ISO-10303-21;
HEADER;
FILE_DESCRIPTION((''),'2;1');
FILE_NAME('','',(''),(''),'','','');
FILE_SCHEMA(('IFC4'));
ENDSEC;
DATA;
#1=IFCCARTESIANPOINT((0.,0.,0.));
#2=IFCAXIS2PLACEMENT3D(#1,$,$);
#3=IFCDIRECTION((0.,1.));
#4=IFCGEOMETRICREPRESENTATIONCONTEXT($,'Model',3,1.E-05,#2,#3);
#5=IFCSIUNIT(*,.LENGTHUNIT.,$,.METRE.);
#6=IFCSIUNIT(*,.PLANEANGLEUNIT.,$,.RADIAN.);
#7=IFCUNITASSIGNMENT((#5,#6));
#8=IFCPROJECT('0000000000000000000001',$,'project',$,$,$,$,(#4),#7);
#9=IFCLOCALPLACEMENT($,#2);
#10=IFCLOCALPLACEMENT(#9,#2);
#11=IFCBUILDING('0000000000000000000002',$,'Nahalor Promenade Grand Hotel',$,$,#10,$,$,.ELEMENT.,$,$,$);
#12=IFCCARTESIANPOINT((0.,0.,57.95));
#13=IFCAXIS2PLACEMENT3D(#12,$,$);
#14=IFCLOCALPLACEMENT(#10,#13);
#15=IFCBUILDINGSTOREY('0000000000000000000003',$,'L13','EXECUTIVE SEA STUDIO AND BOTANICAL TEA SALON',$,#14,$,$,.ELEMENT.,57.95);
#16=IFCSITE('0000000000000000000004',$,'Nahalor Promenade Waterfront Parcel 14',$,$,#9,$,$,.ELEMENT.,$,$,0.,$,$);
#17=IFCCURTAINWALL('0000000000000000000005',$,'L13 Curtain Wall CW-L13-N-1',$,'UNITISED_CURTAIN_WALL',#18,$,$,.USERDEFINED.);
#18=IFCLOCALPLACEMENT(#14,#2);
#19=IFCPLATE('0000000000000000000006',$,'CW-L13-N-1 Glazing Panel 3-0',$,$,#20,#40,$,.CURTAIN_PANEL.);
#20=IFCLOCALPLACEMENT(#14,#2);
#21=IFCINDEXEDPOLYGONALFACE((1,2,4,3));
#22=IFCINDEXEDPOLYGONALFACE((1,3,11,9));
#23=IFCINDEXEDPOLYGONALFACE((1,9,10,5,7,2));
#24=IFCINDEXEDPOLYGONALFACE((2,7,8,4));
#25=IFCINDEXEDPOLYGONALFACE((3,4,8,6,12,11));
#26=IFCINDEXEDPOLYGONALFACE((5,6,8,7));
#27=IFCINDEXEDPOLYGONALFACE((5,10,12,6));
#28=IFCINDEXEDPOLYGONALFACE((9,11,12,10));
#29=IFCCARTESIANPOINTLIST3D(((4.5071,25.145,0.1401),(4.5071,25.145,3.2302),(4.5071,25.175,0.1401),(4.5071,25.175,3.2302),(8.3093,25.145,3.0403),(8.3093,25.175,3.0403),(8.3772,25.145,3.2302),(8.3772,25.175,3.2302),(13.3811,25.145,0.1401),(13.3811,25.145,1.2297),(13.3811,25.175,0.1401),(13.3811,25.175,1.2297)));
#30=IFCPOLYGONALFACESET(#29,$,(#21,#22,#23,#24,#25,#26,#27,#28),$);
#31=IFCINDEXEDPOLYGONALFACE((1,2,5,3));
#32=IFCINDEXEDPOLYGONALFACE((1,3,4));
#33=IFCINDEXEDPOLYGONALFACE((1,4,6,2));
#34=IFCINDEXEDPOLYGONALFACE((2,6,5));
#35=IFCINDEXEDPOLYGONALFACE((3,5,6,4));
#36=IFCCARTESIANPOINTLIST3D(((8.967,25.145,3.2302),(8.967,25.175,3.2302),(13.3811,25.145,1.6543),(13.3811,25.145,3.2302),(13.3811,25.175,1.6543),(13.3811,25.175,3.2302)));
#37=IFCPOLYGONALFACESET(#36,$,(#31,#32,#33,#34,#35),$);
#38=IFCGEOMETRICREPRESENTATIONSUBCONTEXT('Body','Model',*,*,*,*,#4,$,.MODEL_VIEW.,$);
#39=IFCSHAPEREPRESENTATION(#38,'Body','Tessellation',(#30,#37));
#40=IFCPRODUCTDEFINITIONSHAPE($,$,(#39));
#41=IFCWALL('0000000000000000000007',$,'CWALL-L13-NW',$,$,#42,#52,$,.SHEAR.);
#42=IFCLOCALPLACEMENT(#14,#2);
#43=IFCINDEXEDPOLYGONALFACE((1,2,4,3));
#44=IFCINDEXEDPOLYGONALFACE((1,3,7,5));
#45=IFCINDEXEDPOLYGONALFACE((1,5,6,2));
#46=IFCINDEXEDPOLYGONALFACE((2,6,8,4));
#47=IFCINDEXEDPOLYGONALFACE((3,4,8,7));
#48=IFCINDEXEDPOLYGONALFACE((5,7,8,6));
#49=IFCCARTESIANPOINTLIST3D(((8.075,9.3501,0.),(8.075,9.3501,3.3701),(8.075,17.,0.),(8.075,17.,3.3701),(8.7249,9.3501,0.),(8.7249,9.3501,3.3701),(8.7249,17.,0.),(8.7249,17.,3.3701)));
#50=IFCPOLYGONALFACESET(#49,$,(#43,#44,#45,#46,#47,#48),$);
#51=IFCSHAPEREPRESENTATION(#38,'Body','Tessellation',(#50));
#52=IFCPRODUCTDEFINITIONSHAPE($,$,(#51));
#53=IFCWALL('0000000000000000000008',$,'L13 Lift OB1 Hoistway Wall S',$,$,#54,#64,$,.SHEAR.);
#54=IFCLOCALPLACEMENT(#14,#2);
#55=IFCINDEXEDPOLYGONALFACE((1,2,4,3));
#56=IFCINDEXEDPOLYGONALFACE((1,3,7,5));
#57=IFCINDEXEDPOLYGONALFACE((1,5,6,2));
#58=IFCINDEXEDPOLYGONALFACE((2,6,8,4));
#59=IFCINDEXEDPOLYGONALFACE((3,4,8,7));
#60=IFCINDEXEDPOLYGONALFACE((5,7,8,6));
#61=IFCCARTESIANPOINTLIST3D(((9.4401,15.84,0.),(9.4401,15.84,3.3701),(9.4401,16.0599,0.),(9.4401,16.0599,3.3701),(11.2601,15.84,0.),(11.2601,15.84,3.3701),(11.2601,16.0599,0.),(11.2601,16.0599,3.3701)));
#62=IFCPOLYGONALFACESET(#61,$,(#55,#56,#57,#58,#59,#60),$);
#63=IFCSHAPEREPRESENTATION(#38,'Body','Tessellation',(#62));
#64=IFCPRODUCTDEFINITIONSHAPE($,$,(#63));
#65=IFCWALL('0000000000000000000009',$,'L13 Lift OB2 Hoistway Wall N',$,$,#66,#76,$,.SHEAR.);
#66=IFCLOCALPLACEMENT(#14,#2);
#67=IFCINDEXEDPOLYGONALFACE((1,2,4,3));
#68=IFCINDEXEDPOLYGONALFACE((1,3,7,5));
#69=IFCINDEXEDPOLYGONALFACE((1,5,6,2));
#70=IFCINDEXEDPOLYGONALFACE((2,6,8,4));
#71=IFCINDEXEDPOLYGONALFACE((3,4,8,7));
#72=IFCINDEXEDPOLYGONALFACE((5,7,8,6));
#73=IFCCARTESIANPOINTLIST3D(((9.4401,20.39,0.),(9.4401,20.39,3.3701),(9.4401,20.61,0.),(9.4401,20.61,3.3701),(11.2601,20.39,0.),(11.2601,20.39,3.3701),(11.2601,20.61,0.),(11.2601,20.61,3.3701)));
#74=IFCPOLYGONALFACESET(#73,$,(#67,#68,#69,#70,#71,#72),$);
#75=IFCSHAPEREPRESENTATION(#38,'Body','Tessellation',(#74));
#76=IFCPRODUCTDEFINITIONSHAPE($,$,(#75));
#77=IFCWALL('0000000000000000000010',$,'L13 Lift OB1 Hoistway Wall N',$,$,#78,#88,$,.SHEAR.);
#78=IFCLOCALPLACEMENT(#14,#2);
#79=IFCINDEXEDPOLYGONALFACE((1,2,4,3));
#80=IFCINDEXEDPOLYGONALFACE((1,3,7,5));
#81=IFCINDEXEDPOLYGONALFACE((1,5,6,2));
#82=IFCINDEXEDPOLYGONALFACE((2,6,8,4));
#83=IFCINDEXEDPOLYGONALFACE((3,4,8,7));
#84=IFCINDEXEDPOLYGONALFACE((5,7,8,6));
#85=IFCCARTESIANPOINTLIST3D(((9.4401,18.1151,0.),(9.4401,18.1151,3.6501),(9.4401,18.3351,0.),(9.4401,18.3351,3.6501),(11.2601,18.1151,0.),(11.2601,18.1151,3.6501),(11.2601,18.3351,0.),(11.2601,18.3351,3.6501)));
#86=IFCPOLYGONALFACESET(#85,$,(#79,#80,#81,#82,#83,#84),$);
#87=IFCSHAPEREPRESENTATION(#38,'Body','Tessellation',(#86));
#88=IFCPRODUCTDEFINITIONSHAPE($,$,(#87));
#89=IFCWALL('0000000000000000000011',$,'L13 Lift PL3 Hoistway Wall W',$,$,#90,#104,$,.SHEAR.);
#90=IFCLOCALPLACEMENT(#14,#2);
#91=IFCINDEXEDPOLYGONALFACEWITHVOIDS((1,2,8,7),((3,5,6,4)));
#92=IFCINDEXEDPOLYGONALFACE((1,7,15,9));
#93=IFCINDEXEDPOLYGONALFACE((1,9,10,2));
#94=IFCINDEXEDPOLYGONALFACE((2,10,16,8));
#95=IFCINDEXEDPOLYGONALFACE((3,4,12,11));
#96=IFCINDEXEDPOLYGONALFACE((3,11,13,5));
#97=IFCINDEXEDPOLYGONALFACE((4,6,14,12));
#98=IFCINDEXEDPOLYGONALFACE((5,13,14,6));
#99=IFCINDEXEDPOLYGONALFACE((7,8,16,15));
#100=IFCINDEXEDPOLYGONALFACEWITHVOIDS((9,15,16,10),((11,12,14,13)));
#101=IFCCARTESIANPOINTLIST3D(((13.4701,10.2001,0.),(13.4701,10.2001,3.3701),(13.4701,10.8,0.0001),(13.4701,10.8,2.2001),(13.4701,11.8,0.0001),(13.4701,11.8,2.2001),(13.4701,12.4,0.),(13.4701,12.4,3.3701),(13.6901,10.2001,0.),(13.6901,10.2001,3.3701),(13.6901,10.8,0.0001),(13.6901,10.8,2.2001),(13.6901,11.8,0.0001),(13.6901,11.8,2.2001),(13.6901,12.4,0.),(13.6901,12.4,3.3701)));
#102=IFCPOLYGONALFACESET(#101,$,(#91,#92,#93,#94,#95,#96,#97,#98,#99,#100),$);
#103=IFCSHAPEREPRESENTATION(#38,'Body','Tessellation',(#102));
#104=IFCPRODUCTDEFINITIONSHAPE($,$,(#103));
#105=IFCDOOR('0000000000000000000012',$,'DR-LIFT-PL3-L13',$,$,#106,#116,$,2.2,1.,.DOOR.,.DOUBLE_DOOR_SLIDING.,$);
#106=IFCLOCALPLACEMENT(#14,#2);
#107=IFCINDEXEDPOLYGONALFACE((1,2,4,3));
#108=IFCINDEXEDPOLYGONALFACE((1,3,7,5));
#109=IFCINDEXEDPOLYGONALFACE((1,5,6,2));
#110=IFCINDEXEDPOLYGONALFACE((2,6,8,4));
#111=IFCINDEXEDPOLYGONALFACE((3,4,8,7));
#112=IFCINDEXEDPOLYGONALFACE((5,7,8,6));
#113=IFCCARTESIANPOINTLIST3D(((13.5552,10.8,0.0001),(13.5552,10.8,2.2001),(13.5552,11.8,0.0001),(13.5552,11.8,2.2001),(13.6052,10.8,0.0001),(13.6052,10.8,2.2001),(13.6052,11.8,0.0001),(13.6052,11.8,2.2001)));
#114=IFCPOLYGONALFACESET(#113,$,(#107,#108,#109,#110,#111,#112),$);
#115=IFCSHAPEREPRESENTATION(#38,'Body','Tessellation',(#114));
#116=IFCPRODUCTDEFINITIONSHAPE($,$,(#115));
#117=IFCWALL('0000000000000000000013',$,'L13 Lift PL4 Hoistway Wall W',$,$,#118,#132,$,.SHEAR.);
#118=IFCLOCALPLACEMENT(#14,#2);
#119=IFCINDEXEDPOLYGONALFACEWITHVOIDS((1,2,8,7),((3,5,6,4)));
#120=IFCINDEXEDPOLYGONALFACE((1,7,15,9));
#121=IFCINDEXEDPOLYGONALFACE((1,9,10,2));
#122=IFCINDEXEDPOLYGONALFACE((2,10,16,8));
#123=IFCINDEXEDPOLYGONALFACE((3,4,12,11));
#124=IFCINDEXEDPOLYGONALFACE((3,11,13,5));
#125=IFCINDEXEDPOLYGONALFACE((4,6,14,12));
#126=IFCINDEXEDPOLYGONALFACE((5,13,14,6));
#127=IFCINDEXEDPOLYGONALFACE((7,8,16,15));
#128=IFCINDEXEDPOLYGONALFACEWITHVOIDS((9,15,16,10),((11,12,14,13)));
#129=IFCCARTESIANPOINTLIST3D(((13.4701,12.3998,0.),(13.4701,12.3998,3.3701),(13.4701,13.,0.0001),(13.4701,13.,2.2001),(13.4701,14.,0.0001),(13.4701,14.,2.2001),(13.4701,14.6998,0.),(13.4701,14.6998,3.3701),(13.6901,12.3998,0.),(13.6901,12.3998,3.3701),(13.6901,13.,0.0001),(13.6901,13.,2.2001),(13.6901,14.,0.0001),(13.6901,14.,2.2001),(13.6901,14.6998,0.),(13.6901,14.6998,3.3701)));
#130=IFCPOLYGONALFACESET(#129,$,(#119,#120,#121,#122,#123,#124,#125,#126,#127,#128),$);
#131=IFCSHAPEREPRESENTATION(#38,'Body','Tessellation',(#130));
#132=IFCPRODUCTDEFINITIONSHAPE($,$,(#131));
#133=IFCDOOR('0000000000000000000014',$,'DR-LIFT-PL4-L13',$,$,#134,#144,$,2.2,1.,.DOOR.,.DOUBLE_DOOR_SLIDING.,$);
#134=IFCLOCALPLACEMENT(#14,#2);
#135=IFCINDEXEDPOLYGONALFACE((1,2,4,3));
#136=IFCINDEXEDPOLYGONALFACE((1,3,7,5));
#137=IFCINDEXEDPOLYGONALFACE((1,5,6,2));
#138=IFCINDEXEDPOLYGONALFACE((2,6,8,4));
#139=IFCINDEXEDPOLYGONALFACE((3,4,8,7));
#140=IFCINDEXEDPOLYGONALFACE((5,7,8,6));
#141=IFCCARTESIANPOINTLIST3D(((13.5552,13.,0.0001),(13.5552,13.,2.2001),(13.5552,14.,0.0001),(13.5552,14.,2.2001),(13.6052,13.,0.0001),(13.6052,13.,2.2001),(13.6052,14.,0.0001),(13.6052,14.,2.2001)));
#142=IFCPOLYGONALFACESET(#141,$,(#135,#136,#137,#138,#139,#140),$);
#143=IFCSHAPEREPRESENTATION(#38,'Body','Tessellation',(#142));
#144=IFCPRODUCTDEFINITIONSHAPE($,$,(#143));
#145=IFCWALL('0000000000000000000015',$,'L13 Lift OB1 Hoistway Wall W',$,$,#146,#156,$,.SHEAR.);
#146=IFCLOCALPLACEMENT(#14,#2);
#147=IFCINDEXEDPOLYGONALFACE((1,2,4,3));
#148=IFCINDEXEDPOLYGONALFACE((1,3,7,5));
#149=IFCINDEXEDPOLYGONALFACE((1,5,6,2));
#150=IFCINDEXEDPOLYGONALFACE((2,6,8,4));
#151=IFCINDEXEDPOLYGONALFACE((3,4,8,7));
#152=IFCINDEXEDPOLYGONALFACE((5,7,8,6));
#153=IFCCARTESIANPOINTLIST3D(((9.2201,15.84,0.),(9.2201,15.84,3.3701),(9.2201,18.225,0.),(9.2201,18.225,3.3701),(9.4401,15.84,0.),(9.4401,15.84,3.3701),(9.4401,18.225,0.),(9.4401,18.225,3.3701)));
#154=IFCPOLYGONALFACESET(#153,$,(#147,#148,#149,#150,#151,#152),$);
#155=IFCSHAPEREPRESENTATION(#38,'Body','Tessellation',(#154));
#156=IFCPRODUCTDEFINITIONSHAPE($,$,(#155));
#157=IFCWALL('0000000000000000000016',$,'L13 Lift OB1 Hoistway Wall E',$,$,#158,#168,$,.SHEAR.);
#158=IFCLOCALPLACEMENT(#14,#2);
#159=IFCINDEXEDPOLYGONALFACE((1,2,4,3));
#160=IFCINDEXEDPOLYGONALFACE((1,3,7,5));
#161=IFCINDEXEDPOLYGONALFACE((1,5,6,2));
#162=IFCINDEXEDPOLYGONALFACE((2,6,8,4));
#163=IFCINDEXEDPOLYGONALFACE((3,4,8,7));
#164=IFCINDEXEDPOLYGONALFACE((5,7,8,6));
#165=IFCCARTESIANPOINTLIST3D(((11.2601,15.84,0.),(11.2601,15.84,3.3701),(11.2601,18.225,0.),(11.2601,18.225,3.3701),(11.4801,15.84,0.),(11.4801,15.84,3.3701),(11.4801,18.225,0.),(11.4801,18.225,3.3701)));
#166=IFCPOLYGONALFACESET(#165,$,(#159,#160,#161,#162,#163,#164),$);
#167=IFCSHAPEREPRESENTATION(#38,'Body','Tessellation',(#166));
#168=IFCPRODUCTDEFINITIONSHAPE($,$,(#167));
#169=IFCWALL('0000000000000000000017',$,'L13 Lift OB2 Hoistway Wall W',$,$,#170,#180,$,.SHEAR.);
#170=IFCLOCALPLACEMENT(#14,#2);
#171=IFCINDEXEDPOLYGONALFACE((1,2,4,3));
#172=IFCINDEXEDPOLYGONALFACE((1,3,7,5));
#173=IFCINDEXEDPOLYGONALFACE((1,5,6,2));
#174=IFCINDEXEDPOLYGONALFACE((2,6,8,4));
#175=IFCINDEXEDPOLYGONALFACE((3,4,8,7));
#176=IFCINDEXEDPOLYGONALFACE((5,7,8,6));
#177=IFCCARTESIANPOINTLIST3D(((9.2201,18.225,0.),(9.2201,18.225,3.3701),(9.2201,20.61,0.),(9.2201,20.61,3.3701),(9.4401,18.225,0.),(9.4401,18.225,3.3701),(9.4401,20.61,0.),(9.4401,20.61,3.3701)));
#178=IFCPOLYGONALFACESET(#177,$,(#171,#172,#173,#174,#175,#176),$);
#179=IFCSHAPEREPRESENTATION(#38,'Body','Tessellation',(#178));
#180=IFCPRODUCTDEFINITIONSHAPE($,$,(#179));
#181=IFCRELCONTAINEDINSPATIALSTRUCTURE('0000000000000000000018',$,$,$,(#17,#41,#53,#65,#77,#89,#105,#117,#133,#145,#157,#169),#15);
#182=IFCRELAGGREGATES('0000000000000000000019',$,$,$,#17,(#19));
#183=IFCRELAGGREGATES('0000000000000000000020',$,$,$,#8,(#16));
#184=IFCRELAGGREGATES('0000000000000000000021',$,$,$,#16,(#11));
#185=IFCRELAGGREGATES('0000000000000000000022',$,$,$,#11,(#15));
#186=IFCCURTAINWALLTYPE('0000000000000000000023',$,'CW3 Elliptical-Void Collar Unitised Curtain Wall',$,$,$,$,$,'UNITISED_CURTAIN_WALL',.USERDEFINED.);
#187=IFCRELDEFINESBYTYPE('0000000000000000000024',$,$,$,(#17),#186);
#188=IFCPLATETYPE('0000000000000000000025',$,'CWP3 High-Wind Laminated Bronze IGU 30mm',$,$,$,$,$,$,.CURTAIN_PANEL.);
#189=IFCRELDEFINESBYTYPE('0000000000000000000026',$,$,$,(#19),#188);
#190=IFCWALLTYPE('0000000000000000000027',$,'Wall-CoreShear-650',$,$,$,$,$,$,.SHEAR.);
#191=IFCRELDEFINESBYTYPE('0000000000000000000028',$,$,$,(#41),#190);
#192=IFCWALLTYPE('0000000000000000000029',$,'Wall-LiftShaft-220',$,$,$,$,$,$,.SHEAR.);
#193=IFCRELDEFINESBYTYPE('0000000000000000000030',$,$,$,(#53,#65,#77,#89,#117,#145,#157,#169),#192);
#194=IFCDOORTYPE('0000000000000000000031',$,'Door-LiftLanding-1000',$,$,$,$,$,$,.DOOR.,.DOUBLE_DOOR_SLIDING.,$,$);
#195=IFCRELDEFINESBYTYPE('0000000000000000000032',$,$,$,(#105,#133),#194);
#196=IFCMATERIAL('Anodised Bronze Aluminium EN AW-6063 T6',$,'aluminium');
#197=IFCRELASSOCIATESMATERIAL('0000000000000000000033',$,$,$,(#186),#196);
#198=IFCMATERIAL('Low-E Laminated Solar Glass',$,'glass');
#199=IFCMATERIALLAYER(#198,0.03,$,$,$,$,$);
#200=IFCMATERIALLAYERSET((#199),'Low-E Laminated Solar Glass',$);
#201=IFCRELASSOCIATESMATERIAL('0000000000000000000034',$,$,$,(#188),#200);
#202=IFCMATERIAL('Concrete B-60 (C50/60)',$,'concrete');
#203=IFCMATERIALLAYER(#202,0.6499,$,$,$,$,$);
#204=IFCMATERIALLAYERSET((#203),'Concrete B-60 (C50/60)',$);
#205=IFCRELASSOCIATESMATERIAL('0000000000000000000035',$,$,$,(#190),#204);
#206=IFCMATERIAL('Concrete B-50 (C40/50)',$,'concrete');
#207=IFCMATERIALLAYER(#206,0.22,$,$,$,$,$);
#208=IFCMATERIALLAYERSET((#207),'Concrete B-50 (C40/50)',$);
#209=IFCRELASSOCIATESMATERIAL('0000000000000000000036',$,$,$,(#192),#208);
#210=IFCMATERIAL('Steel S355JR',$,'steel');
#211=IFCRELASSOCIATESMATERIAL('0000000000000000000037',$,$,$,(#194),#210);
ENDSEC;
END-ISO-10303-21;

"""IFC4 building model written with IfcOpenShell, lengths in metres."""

from ifc_helpers import new_model, si_unit, direction, frame, frame_2d, origin, place, context, subcontext, project, spatial, polyline, rectangle, outline, extrude, source, transform, mapped, material, layer, layer_set, type_object, element, fill, aggregate, save


model = new_model("IFC4")

# Units and contexts
model_context = context("Model", 3, precision=1e-05, world=origin(), true_north=direction((0.0, 1.0)))
body_context = subcontext(model_context, "Body", "Model", "MODEL_VIEW")
ifc_project = project(units=[si_unit("LENGTHUNIT", "METRE"), si_unit("PLANEANGLEUNIT", "RADIAN")], contexts=[model_context])

# Site, building, storey
site_placement = place(None, origin())
site = spatial("IfcSite", under=ifc_project, at=site_placement, Name="Nahalor Promenade Waterfront Parcel 14", CompositionType="ELEMENT", RefElevation=0.0)
building_placement = place(site_placement, origin())
building = spatial("IfcBuilding", under=site, at=building_placement, Name="Nahalor Promenade Grand Hotel", CompositionType="ELEMENT")
storey_placement = place(building_placement, frame((0.0, 0.0, 57.95)))
storey = spatial("IfcBuildingStorey", under=building, at=storey_placement, Name="L13", Description="EXECUTIVE SEA STUDIO AND BOTANICAL TEA SALON", CompositionType="ELEMENT", Elevation=57.95)

# Shared definitions
ifc_material_1 = material(Name="Steel S355JR", Category="steel")

# Curtain wall, plate
ifc_material_2 = material(Name="Anodised Bronze Aluminium EN AW-6063 T6", Category="aluminium")
curtain_wall_type = type_object("IfcCurtainWallType", Name="CW3 Elliptical-Void Collar Unitised Curtain Wall", ElementType="UNITISED_CURTAIN_WALL", PredefinedType="USERDEFINED", material=ifc_material_2)
curtain_wall_placement = place(storey_placement, origin())
curtain_wall = element("IfcCurtainWall", 1, at=curtain_wall_placement, inside=storey, type_object=curtain_wall_type, Name="L13 Curtain Wall CW-L13-N-1", ObjectType="UNITISED_CURTAIN_WALL", PredefinedType="USERDEFINED")
ifc_material_3 = material(Name="Low-E Laminated Solar Glass", Category="glass")
ifc_layer_1 = layer(ifc_material_3, 0.03)
ifc_layer_set_1 = layer_set([ifc_layer_1], Name="Low-E Laminated Solar Glass")
plate_type = type_object("IfcPlateType", Name="CWP3 High-Wind Laminated Bronze IGU 30mm", PredefinedType="CURTAIN_PANEL", material=ifc_layer_set_1)
plate_placement = place(storey_placement, frame((8.9441, 25.1599, 0.1401), z_axis=(0.0, 0.0, 1.0), x_axis=(1.0, 0.0, 0.0)))
plate = element("IfcPlate", 2, at=plate_placement, type_object=plate_type, Name="CW-L13-N-1 Glazing Panel 3-0", PredefinedType="CURTAIN_PANEL", context=body_context, shape_type="SweptSolid", body=[
    extrude(outline(polyline([(-4.437, 0.0), (4.437, 0.0), (4.437, 1.0896), (-0.6348, 2.9001), (-0.5669, 3.0901), (-4.437, 3.0901), (-4.437, 0.0)])), frame((0.0, 0.0151, 0.0), z_axis=(0.0, -1.0, 0.0), x_axis=(1.0, 0.0, 0.0)), (0.0, 0.0, 1.0), 0.03),
    extrude(outline(polyline([(4.437, 1.5142), (4.437, 3.0901), (0.0229, 3.0901), (4.437, 1.5142)])), frame((0.0, 0.0151, 0.0), z_axis=(0.0, -1.0, 0.0), x_axis=(1.0, 0.0, 0.0)), (0.0, 0.0, 1.0), 0.03),
])
aggregate(curtain_wall, [plate])

# Walls
ifc_material_4 = material(Name="Concrete B-60 (C50/60)", Category="concrete")
ifc_layer_2 = layer(ifc_material_4, 0.6499)
ifc_layer_set_2 = layer_set([ifc_layer_2], Name="Concrete B-60 (C50/60)")
wall_type_1 = type_object("IfcWallType", Name="Wall-CoreShear-650", PredefinedType="SHEAR", material=ifc_layer_set_2)
shared_shape_1 = source(origin(), body_context, "Body", "SweptSolid", [
    extrude(rectangle(XDim=7.6499, YDim=0.6499, at=frame_2d((3.825, 0.0))), origin(), (0.0, 0.0, 1.0), 3.3701),
])
wall_1_placement = place(storey_placement, frame((8.3999, 9.3501, 0.0), z_axis=(0.0, 0.0, 1.0), x_axis=(0.0, 1.0, 0.0)))
element("IfcWall", 3, at=wall_1_placement, inside=storey, type_object=wall_type_1, Name="CWALL-L13-NW", PredefinedType="SHEAR", context=body_context, shape_type="MappedRepresentation", body=[
    mapped(shared_shape_1, transform((0.0, 0.0, 0.0), scale=1.0)),
])
ifc_material_5 = material(Name="Concrete B-50 (C40/50)", Category="concrete")
ifc_layer_3 = layer(ifc_material_5, 0.22)
ifc_layer_set_3 = layer_set([ifc_layer_3], Name="Concrete B-50 (C40/50)")
wall_type_2 = type_object("IfcWallType", Name="Wall-LiftShaft-220", PredefinedType="SHEAR", material=ifc_layer_set_3)
shared_shape_2 = source(origin(), body_context, "Body", "SweptSolid", [
    extrude(rectangle(XDim=1.8201, YDim=0.22, at=frame_2d((0.9102, 0.0))), origin(), (0.0, 0.0, 1.0), 3.3701),
])
for number, where, z_axis, x_axis, name in (
    (4, (9.4399, 15.95, 0.0), (0.0, 0.0, 1.0), (1.0, 0.0, 0.0), "L13 Lift OB1 Hoistway Wall S"),
    (5, (9.4399, 20.5, 0.0), (0.0, 0.0, 1.0), (1.0, 0.0, 0.0), "L13 Lift OB2 Hoistway Wall N"),
):
    element("IfcWall", number, at=place(storey_placement, frame(where, z_axis=z_axis, x_axis=x_axis)), inside=storey, type_object=wall_type_2, Name=name, PredefinedType="SHEAR", context=body_context, shape_type="MappedRepresentation", body=[
        mapped(shared_shape_2, transform((0.0, 0.0, 0.0), scale=1.0)),
    ])
shared_shape_3 = source(origin(), body_context, "Body", "SweptSolid", [
    extrude(rectangle(XDim=1.8201, YDim=0.22, at=frame_2d((0.9102, 0.0))), origin(), (0.0, 0.0, 1.0), 3.6501),
])
wall_2_placement = place(storey_placement, frame((9.4399, 18.2251, 0.0), z_axis=(0.0, 0.0, 1.0), x_axis=(1.0, 0.0, 0.0)))
element("IfcWall", 6, at=wall_2_placement, inside=storey, type_object=wall_type_2, Name="L13 Lift OB1 Hoistway Wall N", PredefinedType="SHEAR", context=body_context, shape_type="MappedRepresentation", body=[
    mapped(shared_shape_3, transform((0.0, 0.0, 0.0), scale=1.0)),
])

# Walls, openings, doors
shared_shape_4 = source(origin(), body_context, "Body", "SweptSolid", [
    extrude(rectangle(XDim=2.2, YDim=0.22, at=frame_2d((1.1001, 0.0))), origin(), (0.0, 0.0, 1.0), 3.3701),
])
wall_3_placement = place(storey_placement, frame((13.5801, 10.2, 0.0), z_axis=(0.0, 0.0, 1.0), x_axis=(0.0, 1.0, 0.0)))
wall_3 = element("IfcWall", 7, at=wall_3_placement, inside=storey, type_object=wall_type_2, Name="L13 Lift PL3 Hoistway Wall W", PredefinedType="SHEAR", context=body_context, shape_type="MappedRepresentation", body=[
    mapped(shared_shape_4, transform((0.0, 0.0, 0.0), scale=1.0)),
])
opening_1_placement = place(wall_3_placement, frame((0.6001, 0.0, 0.0)))
opening_1 = element("IfcOpeningElement", 8, at=opening_1_placement, cuts=wall_3, PredefinedType="OPENING", context=body_context, shape_type="SweptSolid", body=[
    extrude(rectangle(XDim=1.0, YDim=2.2, at=frame_2d((0.5, 1.1001))), frame((0.0, 0.1199, 0.0), z_axis=(0.0, -1.0, 0.0), x_axis=(1.0, 0.0, 0.0)), (0.0, 0.0, 1.0), 0.24),
])
door_type_1 = type_object("IfcDoorType", Name="Door-LiftLanding-1000", OperationType="DOUBLE_DOOR_SLIDING", PredefinedType="DOOR", material=ifc_material_1)
shared_shape_5 = source(origin(), body_context, "Body", "SweptSolid", [
    extrude(rectangle(XDim=1.0, YDim=2.2, at=frame_2d((0.5, 1.1001))), frame((0.0, 0.0249, 0.0), z_axis=(0.0, -1.0, 0.0), x_axis=(1.0, 0.0, 0.0)), (0.0, 0.0, 1.0), 0.05),
])
door_1_placement = place(opening_1_placement, origin())
door_1 = element("IfcDoor", 9, at=door_1_placement, inside=storey, type_object=door_type_1, Name="DR-LIFT-PL3-L13", OperationType="DOUBLE_DOOR_SLIDING", OverallHeight=2.2, OverallWidth=1.0, PredefinedType="DOOR", context=body_context, shape_type="MappedRepresentation", body=[
    mapped(shared_shape_5, transform((0.0, 0.0, 0.0), scale=1.0)),
])
fill(opening_1, door_1)
shared_shape_6 = source(origin(), body_context, "Body", "SweptSolid", [
    extrude(rectangle(XDim=2.3, YDim=0.22, at=frame_2d((1.1499, 0.0))), origin(), (0.0, 0.0, 1.0), 3.3701),
])
wall_4_placement = place(storey_placement, frame((13.5801, 12.3999, 0.0), z_axis=(0.0, 0.0, 1.0), x_axis=(0.0, 1.0, 0.0)))
wall_4 = element("IfcWall", 10, at=wall_4_placement, inside=storey, type_object=wall_type_2, Name="L13 Lift PL4 Hoistway Wall W", PredefinedType="SHEAR", context=body_context, shape_type="MappedRepresentation", body=[
    mapped(shared_shape_6, transform((0.0, 0.0, 0.0), scale=1.0)),
])
opening_2_placement = place(wall_4_placement, frame((0.6001, 0.0, 0.0)))
opening_2 = element("IfcOpeningElement", 11, at=opening_2_placement, cuts=wall_4, PredefinedType="OPENING", context=body_context, shape_type="SweptSolid", body=[
    extrude(rectangle(XDim=1.0, YDim=2.2, at=frame_2d((0.5, 1.1001))), frame((0.0, 0.1199, 0.0), z_axis=(0.0, -1.0, 0.0), x_axis=(1.0, 0.0, 0.0)), (0.0, 0.0, 1.0), 0.24),
])
door_2_placement = place(opening_2_placement, origin())
door_2 = element("IfcDoor", 12, at=door_2_placement, inside=storey, type_object=door_type_1, Name="DR-LIFT-PL4-L13", OperationType="DOUBLE_DOOR_SLIDING", OverallHeight=2.2, OverallWidth=1.0, PredefinedType="DOOR", context=body_context, shape_type="MappedRepresentation", body=[
    mapped(shared_shape_5, transform((0.0, 0.0, 0.0), scale=1.0)),
])
fill(opening_2, door_2)

# Walls
shared_shape_7 = source(origin(), body_context, "Body", "SweptSolid", [
    extrude(rectangle(XDim=2.385, YDim=0.22, at=frame_2d((1.1924, 0.0))), origin(), (0.0, 0.0, 1.0), 3.3701),
])
for number, where, z_axis, x_axis, name in (
    (13, (9.3301, 15.8401, 0.0), (0.0, 0.0, 1.0), (0.0, 1.0, 0.0), "L13 Lift OB1 Hoistway Wall W"),
    (14, (11.3701, 15.8401, 0.0), (0.0, 0.0, 1.0), (0.0, 1.0, 0.0), "L13 Lift OB1 Hoistway Wall E"),
    (15, (9.3301, 18.2251, 0.0), (0.0, 0.0, 1.0), (0.0, 1.0, 0.0), "L13 Lift OB2 Hoistway Wall W"),
):
    element("IfcWall", number, at=place(storey_placement, frame(where, z_axis=z_axis, x_axis=x_axis)), inside=storey, type_object=wall_type_2, Name=name, PredefinedType="SHEAR", context=body_context, shape_type="MappedRepresentation", body=[
        mapped(shared_shape_7, transform((0.0, 0.0, 0.0), scale=1.0)),
    ])

save(model, "model.ifc")
